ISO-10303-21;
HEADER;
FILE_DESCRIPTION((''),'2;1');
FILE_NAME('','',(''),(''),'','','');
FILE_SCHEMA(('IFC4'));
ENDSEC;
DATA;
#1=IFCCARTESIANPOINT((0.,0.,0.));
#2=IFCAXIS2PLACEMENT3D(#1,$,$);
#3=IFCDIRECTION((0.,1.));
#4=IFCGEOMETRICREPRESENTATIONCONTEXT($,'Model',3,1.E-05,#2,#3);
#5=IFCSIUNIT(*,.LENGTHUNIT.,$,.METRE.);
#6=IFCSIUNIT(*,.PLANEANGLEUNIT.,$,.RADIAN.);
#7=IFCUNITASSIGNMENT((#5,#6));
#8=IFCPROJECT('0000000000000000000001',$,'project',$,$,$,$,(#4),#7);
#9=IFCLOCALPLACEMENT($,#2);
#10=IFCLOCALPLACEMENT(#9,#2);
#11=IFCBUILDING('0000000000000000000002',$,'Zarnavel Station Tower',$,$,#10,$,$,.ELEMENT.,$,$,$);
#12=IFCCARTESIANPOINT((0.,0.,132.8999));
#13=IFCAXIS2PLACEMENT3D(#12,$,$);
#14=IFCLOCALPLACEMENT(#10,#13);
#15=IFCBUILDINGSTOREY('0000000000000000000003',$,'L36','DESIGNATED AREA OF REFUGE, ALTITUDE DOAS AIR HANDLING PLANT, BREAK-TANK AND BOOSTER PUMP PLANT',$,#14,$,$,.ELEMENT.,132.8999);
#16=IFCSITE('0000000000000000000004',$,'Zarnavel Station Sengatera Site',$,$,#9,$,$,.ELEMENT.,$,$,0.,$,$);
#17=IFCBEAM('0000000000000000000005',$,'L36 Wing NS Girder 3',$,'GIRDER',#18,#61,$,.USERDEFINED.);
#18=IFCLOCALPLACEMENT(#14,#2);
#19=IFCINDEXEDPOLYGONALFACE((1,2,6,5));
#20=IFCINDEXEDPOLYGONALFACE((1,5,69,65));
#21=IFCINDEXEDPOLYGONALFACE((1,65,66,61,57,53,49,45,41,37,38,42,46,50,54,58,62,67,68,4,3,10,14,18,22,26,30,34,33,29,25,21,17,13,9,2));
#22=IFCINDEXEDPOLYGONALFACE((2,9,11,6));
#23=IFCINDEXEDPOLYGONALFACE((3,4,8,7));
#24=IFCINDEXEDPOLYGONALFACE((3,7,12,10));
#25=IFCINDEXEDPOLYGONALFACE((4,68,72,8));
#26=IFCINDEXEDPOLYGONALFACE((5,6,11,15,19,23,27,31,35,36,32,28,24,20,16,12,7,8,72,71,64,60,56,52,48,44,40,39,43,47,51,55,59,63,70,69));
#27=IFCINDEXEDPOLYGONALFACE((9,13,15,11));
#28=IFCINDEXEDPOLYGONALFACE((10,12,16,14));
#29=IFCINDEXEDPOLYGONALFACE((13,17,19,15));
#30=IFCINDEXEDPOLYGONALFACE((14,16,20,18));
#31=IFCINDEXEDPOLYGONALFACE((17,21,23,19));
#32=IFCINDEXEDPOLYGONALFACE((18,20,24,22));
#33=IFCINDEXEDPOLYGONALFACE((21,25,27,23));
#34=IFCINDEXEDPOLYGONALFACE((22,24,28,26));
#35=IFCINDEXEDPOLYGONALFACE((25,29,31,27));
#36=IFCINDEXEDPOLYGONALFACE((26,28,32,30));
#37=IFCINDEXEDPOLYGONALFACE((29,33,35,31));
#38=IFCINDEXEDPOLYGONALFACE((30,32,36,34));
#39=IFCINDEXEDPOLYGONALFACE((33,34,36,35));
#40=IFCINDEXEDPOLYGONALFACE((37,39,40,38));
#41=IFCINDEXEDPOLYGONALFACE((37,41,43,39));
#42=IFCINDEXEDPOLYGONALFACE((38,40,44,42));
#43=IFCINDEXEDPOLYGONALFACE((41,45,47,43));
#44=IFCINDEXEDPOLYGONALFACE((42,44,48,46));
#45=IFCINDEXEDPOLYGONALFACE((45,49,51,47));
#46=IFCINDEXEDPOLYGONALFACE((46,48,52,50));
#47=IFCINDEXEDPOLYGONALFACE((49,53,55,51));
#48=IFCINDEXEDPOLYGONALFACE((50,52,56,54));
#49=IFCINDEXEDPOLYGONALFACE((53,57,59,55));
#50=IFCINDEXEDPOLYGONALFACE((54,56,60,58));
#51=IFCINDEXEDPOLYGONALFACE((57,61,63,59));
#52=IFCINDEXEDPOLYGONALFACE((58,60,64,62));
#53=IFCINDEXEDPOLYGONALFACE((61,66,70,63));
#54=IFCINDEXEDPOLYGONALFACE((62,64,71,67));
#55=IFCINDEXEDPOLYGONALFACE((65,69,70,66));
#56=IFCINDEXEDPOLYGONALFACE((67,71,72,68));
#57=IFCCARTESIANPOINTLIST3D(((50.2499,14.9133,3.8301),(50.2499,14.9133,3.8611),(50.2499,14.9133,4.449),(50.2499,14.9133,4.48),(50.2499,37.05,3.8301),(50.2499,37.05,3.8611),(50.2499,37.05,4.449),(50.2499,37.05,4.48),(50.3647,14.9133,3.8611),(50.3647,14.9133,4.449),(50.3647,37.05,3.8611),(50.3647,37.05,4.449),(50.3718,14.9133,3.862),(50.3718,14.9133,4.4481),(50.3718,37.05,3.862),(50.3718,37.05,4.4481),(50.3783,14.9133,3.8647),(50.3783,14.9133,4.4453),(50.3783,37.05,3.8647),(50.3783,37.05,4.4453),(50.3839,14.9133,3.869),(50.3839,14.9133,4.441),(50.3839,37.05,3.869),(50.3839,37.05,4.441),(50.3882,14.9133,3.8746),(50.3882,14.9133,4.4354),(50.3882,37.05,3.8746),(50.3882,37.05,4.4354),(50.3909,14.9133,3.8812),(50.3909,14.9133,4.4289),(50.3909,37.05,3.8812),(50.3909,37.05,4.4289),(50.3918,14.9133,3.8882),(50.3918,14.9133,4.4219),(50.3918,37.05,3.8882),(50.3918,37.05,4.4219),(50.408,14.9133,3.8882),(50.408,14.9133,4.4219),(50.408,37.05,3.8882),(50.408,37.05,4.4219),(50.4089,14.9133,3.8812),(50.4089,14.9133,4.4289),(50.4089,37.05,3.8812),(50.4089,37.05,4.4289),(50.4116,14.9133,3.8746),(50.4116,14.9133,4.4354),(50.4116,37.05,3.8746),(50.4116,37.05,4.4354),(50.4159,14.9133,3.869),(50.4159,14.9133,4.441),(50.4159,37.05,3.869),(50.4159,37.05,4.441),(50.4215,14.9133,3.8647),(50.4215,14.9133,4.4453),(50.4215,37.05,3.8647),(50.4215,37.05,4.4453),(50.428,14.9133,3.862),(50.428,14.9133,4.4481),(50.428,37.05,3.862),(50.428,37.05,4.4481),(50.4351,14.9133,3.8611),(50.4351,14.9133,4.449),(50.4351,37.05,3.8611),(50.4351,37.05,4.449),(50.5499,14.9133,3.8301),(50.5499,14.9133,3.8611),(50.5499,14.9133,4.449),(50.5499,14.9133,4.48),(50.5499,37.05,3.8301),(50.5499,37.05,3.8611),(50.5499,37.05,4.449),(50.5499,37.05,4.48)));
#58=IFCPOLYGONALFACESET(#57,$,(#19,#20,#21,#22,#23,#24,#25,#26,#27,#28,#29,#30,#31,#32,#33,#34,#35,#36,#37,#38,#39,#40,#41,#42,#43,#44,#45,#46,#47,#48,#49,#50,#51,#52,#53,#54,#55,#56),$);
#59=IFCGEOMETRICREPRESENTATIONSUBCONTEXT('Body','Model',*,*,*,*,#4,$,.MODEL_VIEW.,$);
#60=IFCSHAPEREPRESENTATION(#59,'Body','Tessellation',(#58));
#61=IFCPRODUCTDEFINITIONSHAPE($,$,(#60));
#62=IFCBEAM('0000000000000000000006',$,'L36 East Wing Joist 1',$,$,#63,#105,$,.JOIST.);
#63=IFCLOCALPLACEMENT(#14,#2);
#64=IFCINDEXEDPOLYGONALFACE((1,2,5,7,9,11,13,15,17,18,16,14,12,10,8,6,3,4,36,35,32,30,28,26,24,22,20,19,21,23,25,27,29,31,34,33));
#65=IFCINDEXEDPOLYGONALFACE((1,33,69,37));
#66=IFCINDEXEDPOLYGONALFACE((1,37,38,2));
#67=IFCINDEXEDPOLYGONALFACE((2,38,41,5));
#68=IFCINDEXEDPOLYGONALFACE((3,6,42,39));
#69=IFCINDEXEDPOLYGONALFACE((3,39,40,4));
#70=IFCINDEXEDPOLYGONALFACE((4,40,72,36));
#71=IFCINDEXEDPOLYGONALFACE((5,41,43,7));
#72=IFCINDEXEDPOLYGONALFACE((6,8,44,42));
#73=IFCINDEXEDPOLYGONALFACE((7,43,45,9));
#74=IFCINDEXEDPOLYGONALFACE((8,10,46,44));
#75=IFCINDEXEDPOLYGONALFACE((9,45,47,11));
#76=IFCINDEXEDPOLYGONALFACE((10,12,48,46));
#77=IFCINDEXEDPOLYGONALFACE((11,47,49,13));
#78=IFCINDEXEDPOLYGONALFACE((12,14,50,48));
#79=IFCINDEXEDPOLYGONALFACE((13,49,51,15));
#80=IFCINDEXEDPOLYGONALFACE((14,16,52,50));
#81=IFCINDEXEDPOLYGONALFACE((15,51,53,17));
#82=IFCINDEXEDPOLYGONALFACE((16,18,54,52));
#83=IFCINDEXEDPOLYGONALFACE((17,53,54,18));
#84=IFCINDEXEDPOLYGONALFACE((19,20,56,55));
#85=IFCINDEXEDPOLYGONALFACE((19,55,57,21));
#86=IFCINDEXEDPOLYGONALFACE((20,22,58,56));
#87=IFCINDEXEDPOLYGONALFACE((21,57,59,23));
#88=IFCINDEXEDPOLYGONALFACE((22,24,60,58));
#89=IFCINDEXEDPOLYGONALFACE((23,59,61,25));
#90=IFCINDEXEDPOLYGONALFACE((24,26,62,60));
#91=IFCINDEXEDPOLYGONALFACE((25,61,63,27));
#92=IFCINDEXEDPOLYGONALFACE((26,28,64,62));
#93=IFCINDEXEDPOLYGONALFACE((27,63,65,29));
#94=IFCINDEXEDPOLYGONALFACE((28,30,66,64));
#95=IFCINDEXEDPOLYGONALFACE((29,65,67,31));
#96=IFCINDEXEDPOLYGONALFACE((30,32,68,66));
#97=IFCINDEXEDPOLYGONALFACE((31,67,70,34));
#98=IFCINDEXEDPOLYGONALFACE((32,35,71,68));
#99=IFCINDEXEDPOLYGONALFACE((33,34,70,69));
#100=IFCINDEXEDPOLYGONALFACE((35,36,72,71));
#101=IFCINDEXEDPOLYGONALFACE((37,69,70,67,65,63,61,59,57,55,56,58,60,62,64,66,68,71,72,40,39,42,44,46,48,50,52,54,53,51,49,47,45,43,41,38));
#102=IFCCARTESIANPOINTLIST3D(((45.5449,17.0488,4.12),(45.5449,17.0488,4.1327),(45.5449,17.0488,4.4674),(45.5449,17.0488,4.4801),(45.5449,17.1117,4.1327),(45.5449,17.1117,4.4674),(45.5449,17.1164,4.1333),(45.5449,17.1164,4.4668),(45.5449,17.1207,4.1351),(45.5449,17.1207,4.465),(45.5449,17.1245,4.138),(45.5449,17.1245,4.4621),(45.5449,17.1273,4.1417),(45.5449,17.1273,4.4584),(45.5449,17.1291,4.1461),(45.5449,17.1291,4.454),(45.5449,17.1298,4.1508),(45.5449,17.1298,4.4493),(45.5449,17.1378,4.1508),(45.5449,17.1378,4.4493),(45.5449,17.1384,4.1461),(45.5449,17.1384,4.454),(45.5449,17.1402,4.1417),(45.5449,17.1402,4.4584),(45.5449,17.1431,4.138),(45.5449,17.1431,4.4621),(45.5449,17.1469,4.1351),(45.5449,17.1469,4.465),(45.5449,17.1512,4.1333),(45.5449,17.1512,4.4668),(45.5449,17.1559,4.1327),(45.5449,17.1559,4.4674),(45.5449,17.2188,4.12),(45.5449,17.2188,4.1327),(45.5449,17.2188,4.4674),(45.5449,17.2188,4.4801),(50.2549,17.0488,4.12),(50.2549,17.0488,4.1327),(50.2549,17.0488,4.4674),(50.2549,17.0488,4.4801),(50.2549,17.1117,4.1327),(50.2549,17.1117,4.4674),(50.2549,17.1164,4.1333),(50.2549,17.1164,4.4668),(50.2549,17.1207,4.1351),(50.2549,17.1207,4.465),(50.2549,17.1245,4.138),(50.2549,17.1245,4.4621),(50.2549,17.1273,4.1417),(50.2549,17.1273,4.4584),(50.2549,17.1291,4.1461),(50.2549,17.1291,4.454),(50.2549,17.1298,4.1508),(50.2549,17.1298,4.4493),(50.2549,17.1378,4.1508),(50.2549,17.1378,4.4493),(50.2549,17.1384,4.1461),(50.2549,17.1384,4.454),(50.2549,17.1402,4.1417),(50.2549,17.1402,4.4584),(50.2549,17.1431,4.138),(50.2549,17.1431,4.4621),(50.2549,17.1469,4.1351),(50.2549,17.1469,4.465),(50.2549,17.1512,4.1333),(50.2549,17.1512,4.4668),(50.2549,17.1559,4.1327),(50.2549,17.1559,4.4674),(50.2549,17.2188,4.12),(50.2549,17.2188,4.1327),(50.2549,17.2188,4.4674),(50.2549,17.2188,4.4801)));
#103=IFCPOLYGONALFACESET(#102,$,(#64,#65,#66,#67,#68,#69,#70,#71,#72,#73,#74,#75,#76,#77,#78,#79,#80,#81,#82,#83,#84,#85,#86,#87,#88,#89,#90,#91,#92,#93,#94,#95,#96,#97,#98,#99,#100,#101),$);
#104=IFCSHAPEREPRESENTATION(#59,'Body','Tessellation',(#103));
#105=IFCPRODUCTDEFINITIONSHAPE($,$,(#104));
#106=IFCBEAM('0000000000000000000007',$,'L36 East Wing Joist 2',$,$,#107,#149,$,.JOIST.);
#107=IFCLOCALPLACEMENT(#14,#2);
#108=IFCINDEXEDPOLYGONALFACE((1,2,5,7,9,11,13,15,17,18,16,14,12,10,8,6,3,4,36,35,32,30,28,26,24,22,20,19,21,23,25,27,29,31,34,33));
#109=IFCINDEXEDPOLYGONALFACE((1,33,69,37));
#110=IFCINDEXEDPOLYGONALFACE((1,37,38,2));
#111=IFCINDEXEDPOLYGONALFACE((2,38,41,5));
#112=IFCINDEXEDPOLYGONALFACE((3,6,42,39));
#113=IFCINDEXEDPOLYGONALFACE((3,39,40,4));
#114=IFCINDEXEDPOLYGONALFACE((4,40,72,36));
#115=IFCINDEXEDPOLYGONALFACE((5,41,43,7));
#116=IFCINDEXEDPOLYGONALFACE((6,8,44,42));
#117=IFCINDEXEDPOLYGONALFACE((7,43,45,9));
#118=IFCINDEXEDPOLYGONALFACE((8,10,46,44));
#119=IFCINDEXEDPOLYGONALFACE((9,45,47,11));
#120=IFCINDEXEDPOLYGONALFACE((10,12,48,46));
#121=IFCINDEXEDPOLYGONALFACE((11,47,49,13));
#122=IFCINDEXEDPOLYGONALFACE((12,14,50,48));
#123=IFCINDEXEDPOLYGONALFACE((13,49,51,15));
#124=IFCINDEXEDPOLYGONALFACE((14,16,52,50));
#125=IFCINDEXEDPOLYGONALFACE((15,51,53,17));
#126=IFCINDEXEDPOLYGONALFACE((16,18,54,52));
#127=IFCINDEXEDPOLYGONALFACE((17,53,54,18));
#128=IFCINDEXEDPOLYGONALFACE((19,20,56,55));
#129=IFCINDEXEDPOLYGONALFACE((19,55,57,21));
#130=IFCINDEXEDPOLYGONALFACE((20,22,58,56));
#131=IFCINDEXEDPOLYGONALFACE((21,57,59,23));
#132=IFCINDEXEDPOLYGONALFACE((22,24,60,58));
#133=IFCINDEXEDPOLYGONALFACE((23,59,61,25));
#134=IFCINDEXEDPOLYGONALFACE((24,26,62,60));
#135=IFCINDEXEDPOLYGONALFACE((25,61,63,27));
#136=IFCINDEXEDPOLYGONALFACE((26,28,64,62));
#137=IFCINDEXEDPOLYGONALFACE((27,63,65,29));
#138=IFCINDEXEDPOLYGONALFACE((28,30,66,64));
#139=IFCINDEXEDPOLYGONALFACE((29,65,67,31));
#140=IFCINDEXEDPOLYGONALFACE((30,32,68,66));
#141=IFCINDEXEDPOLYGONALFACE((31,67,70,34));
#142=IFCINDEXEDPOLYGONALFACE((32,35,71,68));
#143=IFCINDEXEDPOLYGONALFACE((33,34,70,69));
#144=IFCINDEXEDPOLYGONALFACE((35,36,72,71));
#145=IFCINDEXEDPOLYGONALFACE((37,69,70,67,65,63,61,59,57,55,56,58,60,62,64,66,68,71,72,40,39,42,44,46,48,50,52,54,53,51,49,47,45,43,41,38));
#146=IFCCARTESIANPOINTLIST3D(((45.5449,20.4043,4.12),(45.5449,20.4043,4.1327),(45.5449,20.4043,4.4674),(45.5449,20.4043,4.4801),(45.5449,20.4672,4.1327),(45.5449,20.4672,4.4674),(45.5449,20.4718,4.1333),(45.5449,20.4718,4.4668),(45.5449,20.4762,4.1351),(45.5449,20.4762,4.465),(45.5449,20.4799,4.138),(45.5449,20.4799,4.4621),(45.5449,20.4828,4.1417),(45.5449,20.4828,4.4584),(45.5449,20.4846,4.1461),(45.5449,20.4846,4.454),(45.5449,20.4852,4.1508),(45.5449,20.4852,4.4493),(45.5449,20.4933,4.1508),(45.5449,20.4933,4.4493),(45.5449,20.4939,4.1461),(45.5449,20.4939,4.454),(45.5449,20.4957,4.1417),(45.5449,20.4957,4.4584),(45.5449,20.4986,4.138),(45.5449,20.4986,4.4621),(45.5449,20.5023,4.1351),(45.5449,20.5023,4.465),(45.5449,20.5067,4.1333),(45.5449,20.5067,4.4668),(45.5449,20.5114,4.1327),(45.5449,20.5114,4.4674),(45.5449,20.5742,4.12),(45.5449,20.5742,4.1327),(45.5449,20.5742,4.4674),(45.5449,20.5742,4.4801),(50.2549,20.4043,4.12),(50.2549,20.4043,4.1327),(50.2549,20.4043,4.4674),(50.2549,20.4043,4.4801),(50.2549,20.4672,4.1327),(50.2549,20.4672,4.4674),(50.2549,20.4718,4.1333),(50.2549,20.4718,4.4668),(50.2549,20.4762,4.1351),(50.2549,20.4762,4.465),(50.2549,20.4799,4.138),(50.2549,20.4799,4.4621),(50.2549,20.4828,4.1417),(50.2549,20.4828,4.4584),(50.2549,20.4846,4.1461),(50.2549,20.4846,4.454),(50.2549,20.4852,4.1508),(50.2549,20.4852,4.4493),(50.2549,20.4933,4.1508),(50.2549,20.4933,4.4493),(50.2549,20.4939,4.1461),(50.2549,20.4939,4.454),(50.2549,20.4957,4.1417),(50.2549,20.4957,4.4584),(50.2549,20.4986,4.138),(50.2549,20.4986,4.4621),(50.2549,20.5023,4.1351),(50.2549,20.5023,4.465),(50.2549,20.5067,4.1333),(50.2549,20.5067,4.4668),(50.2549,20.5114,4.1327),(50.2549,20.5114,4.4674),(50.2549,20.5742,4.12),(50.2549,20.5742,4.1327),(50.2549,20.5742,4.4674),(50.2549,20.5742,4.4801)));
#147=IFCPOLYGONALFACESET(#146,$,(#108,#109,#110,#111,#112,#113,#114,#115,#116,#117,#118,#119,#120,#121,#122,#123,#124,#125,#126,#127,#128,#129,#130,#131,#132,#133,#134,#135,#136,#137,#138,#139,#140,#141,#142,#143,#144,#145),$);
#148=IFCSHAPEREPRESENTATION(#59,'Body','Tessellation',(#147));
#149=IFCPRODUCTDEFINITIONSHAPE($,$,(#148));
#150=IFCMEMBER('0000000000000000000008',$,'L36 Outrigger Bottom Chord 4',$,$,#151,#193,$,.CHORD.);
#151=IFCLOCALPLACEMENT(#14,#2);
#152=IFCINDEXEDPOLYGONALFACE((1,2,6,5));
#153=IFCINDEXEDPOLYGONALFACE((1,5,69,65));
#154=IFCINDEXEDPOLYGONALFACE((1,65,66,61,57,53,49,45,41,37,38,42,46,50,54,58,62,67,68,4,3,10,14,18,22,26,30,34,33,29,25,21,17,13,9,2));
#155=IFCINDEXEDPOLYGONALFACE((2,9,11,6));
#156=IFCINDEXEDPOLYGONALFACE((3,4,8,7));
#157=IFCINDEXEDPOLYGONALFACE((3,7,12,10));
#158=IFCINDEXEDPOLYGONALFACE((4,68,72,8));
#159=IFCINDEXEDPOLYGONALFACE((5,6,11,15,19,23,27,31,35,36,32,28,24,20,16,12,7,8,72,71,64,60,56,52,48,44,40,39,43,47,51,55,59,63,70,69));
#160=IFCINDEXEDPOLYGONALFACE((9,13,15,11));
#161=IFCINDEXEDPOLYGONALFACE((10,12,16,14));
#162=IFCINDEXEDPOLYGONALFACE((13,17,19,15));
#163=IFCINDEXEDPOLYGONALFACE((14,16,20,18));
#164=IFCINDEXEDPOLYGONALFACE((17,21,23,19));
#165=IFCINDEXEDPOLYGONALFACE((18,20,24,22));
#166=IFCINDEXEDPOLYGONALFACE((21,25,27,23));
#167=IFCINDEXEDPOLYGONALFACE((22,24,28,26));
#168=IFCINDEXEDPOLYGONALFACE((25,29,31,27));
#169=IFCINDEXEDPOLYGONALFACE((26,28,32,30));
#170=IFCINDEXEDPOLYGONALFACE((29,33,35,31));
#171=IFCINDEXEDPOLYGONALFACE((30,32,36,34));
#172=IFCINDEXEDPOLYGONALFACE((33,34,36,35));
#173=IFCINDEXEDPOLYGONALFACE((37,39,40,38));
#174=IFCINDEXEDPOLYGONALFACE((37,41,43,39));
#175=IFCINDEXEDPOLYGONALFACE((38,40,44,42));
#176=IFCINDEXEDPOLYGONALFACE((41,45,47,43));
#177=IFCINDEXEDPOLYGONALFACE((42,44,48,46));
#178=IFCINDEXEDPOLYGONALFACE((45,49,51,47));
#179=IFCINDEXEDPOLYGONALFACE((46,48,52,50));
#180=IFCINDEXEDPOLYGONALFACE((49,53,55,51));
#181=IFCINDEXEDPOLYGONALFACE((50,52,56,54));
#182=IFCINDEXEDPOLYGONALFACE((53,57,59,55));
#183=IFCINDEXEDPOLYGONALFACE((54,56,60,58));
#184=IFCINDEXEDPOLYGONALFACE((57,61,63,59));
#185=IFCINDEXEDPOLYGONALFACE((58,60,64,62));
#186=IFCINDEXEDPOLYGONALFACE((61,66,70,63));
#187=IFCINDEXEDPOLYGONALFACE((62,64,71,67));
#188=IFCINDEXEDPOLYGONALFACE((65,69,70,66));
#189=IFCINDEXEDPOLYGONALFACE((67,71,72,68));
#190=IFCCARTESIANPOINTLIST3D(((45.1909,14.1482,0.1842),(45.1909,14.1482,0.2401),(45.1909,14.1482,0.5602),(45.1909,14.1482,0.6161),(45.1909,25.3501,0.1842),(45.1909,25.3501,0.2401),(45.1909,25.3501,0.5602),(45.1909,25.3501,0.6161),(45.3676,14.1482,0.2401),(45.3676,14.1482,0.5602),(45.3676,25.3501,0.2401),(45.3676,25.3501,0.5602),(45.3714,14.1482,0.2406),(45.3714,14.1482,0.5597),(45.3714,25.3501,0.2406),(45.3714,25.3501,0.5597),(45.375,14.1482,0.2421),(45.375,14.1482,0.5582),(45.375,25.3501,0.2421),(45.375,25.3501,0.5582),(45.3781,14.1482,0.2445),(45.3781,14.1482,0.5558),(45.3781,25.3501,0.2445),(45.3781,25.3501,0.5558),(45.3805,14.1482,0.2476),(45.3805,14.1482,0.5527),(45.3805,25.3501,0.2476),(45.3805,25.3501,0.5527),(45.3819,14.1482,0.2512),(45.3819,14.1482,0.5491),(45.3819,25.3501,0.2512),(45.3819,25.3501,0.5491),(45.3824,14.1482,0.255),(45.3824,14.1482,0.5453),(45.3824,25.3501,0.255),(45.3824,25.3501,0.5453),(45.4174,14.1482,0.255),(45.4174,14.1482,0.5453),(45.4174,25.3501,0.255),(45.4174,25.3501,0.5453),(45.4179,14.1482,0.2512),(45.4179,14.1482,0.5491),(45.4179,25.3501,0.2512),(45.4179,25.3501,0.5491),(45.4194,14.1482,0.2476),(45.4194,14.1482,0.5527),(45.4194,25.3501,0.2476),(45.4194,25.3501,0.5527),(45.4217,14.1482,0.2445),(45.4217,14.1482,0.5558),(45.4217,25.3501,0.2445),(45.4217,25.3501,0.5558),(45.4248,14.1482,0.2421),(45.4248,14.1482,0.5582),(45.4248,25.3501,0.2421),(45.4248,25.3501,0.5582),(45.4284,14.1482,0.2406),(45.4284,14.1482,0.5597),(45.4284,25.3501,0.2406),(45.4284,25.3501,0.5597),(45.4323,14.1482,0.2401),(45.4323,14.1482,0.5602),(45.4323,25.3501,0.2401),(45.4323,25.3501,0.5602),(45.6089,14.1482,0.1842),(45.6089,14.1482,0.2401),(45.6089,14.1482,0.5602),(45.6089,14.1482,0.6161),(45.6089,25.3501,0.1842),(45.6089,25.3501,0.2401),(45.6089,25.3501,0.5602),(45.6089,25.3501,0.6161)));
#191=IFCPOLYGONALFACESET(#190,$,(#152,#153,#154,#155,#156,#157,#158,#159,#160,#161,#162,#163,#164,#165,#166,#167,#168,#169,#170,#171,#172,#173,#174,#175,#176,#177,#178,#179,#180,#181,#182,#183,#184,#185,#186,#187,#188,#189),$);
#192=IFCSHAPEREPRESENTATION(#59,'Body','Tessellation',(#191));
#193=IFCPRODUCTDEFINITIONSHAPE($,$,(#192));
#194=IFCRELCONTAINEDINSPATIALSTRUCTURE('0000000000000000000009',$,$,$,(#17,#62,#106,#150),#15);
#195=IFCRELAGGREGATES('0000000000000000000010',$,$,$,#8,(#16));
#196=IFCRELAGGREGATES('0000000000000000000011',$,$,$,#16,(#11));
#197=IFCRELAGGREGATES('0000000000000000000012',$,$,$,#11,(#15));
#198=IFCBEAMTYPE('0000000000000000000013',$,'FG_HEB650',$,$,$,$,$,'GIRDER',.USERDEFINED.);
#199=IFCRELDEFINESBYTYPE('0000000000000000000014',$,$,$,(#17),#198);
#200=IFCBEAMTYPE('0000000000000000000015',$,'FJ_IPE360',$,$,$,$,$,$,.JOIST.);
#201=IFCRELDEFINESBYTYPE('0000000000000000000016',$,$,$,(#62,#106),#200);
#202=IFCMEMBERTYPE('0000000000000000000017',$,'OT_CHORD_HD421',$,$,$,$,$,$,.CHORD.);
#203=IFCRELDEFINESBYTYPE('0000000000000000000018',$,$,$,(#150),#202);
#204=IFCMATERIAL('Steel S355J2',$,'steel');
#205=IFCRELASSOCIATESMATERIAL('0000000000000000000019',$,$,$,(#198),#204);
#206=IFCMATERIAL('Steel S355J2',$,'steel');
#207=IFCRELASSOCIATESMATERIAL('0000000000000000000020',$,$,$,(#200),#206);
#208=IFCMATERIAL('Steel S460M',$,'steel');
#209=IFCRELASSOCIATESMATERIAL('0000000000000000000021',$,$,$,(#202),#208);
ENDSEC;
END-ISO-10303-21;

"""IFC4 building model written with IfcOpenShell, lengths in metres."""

from ifc_helpers import new_model, si_unit, direction, frame, origin, origin_2d, place, context, subcontext, project, spatial, i_section, extrude, material, material_profile, profile_set, type_object, element, save


model = new_model("IFC4")

# Units and contexts
model_context = context("Model", 3, precision=1e-05, world=origin(), true_north=direction((0.0, 1.0)))
body_context = subcontext(model_context, "Body", "Model", "MODEL_VIEW")
ifc_project = project(units=[si_unit("LENGTHUNIT", "METRE"), si_unit("PLANEANGLEUNIT", "RADIAN")], contexts=[model_context])

# Site, building, storey
site_placement = place(None, origin())
site = spatial("IfcSite", under=ifc_project, at=site_placement, Name="Zarnavel Station Sengatera Site", CompositionType="ELEMENT", RefElevation=0.0)
building_placement = place(site_placement, origin())
building = spatial("IfcBuilding", under=site, at=building_placement, Name="Zarnavel Station Tower", CompositionType="ELEMENT")
storey_placement = place(building_placement, frame((0.0, 0.0, 132.8999)))
storey = spatial("IfcBuildingStorey", under=building, at=storey_placement, Name="L36", Description="DESIGNATED AREA OF REFUGE, ALTITUDE DOAS AIR HANDLING PLANT, BREAK-TANK AND BOOSTER PUMP PLANT", CompositionType="ELEMENT", Elevation=132.8999)

# Beams
ifc_material_1 = material(Name="Steel S355J2", Category="steel")
ifc_material_profile_1 = material_profile(ifc_material_1, i_section(OverallWidth=0.3, OverallDepth=0.6499, WebThickness=0.0161, FlangeThickness=0.031, FilletRadius=0.0271, at=origin_2d()), Name="HEB650")
ifc_profile_set_1 = profile_set([ifc_material_profile_1], Name="Steel S355J2")
beam_type_1 = type_object("IfcBeamType", Name="FG_HEB650", ElementType="GIRDER", PredefinedType="USERDEFINED", material=ifc_profile_set_1)
beam_1_placement = place(storey_placement, frame((50.3999, 14.9133, 4.155), z_axis=(0.0, 1.0, 0.0), x_axis=(-1.0, 0.0, 0.0)))
element("IfcBeam", 1, at=beam_1_placement, inside=storey, type_object=beam_type_1, Name="L36 Wing NS Girder 3", ObjectType="GIRDER", PredefinedType="USERDEFINED", context=body_context, shape_type="SweptSolid", body=[
    extrude(i_section(OverallWidth=0.3, OverallDepth=0.6499, WebThickness=0.0161, FlangeThickness=0.031, FilletRadius=0.0271, at=origin_2d()), origin(), (0.0, 0.0, 1.0), 22.1367),
])
ifc_material_2 = material(Name="Steel S355J2", Category="steel")
ifc_material_profile_2 = material_profile(ifc_material_2, i_section(OverallWidth=0.1699, OverallDepth=0.3601, WebThickness=0.0081, FlangeThickness=0.0127, FilletRadius=0.0181, at=origin_2d()), Name="IPE360")
ifc_profile_set_2 = profile_set([ifc_material_profile_2], Name="Steel S355J2")
beam_type_2 = type_object("IfcBeamType", Name="FJ_IPE360", PredefinedType="JOIST", material=ifc_profile_set_2)
for number, where, z_axis, x_axis, name in (
    (2, (45.5449, 17.1338, 4.3), (1.0, 0.0, 0.0), (0.0, 1.0, 0.0), "L36 East Wing Joist 1"),
    (3, (45.5449, 20.4893, 4.3), (1.0, 0.0, 0.0), (0.0, 1.0, 0.0), "L36 East Wing Joist 2"),
):
    element("IfcBeam", number, at=place(storey_placement, frame(where, z_axis=z_axis, x_axis=x_axis)), inside=storey, type_object=beam_type_2, Name=name, PredefinedType="JOIST", context=body_context, shape_type="SweptSolid", body=[
        extrude(i_section(OverallWidth=0.1699, OverallDepth=0.3601, WebThickness=0.0081, FlangeThickness=0.0127, FilletRadius=0.0181, at=origin_2d()), origin(), (0.0, 0.0, 1.0), 4.71),
    ])

# Member
ifc_material_3 = material(Name="Steel S460M", Category="steel")
ifc_material_profile_3 = material_profile(ifc_material_3, i_section(OverallWidth=0.418, OverallDepth=0.4319, WebThickness=0.0349, FlangeThickness=0.0559, FilletRadius=0.0149, at=origin_2d()), Name="HD400x421")
ifc_profile_set_3 = profile_set([ifc_material_profile_3], Name="Steel S460M")
member_type_1 = type_object("IfcMemberType", Name="OT_CHORD_HD421", PredefinedType="CHORD", material=ifc_profile_set_3)
member_1_placement = place(storey_placement, frame((45.3999, 14.1482, 0.4001), z_axis=(0.0, 1.0, 0.0), x_axis=(-1.0, 0.0, 0.0)))
element("IfcMember", 4, at=member_1_placement, inside=storey, type_object=member_type_1, Name="L36 Outrigger Bottom Chord 4", PredefinedType="CHORD", context=body_context, shape_type="SweptSolid", body=[
    extrude(i_section(OverallWidth=0.418, OverallDepth=0.4319, WebThickness=0.0349, FlangeThickness=0.0559, FilletRadius=0.0149, at=origin_2d()), origin(), (0.0, 0.0, 1.0), 11.2019),
])

save(model, "model.ifc")
